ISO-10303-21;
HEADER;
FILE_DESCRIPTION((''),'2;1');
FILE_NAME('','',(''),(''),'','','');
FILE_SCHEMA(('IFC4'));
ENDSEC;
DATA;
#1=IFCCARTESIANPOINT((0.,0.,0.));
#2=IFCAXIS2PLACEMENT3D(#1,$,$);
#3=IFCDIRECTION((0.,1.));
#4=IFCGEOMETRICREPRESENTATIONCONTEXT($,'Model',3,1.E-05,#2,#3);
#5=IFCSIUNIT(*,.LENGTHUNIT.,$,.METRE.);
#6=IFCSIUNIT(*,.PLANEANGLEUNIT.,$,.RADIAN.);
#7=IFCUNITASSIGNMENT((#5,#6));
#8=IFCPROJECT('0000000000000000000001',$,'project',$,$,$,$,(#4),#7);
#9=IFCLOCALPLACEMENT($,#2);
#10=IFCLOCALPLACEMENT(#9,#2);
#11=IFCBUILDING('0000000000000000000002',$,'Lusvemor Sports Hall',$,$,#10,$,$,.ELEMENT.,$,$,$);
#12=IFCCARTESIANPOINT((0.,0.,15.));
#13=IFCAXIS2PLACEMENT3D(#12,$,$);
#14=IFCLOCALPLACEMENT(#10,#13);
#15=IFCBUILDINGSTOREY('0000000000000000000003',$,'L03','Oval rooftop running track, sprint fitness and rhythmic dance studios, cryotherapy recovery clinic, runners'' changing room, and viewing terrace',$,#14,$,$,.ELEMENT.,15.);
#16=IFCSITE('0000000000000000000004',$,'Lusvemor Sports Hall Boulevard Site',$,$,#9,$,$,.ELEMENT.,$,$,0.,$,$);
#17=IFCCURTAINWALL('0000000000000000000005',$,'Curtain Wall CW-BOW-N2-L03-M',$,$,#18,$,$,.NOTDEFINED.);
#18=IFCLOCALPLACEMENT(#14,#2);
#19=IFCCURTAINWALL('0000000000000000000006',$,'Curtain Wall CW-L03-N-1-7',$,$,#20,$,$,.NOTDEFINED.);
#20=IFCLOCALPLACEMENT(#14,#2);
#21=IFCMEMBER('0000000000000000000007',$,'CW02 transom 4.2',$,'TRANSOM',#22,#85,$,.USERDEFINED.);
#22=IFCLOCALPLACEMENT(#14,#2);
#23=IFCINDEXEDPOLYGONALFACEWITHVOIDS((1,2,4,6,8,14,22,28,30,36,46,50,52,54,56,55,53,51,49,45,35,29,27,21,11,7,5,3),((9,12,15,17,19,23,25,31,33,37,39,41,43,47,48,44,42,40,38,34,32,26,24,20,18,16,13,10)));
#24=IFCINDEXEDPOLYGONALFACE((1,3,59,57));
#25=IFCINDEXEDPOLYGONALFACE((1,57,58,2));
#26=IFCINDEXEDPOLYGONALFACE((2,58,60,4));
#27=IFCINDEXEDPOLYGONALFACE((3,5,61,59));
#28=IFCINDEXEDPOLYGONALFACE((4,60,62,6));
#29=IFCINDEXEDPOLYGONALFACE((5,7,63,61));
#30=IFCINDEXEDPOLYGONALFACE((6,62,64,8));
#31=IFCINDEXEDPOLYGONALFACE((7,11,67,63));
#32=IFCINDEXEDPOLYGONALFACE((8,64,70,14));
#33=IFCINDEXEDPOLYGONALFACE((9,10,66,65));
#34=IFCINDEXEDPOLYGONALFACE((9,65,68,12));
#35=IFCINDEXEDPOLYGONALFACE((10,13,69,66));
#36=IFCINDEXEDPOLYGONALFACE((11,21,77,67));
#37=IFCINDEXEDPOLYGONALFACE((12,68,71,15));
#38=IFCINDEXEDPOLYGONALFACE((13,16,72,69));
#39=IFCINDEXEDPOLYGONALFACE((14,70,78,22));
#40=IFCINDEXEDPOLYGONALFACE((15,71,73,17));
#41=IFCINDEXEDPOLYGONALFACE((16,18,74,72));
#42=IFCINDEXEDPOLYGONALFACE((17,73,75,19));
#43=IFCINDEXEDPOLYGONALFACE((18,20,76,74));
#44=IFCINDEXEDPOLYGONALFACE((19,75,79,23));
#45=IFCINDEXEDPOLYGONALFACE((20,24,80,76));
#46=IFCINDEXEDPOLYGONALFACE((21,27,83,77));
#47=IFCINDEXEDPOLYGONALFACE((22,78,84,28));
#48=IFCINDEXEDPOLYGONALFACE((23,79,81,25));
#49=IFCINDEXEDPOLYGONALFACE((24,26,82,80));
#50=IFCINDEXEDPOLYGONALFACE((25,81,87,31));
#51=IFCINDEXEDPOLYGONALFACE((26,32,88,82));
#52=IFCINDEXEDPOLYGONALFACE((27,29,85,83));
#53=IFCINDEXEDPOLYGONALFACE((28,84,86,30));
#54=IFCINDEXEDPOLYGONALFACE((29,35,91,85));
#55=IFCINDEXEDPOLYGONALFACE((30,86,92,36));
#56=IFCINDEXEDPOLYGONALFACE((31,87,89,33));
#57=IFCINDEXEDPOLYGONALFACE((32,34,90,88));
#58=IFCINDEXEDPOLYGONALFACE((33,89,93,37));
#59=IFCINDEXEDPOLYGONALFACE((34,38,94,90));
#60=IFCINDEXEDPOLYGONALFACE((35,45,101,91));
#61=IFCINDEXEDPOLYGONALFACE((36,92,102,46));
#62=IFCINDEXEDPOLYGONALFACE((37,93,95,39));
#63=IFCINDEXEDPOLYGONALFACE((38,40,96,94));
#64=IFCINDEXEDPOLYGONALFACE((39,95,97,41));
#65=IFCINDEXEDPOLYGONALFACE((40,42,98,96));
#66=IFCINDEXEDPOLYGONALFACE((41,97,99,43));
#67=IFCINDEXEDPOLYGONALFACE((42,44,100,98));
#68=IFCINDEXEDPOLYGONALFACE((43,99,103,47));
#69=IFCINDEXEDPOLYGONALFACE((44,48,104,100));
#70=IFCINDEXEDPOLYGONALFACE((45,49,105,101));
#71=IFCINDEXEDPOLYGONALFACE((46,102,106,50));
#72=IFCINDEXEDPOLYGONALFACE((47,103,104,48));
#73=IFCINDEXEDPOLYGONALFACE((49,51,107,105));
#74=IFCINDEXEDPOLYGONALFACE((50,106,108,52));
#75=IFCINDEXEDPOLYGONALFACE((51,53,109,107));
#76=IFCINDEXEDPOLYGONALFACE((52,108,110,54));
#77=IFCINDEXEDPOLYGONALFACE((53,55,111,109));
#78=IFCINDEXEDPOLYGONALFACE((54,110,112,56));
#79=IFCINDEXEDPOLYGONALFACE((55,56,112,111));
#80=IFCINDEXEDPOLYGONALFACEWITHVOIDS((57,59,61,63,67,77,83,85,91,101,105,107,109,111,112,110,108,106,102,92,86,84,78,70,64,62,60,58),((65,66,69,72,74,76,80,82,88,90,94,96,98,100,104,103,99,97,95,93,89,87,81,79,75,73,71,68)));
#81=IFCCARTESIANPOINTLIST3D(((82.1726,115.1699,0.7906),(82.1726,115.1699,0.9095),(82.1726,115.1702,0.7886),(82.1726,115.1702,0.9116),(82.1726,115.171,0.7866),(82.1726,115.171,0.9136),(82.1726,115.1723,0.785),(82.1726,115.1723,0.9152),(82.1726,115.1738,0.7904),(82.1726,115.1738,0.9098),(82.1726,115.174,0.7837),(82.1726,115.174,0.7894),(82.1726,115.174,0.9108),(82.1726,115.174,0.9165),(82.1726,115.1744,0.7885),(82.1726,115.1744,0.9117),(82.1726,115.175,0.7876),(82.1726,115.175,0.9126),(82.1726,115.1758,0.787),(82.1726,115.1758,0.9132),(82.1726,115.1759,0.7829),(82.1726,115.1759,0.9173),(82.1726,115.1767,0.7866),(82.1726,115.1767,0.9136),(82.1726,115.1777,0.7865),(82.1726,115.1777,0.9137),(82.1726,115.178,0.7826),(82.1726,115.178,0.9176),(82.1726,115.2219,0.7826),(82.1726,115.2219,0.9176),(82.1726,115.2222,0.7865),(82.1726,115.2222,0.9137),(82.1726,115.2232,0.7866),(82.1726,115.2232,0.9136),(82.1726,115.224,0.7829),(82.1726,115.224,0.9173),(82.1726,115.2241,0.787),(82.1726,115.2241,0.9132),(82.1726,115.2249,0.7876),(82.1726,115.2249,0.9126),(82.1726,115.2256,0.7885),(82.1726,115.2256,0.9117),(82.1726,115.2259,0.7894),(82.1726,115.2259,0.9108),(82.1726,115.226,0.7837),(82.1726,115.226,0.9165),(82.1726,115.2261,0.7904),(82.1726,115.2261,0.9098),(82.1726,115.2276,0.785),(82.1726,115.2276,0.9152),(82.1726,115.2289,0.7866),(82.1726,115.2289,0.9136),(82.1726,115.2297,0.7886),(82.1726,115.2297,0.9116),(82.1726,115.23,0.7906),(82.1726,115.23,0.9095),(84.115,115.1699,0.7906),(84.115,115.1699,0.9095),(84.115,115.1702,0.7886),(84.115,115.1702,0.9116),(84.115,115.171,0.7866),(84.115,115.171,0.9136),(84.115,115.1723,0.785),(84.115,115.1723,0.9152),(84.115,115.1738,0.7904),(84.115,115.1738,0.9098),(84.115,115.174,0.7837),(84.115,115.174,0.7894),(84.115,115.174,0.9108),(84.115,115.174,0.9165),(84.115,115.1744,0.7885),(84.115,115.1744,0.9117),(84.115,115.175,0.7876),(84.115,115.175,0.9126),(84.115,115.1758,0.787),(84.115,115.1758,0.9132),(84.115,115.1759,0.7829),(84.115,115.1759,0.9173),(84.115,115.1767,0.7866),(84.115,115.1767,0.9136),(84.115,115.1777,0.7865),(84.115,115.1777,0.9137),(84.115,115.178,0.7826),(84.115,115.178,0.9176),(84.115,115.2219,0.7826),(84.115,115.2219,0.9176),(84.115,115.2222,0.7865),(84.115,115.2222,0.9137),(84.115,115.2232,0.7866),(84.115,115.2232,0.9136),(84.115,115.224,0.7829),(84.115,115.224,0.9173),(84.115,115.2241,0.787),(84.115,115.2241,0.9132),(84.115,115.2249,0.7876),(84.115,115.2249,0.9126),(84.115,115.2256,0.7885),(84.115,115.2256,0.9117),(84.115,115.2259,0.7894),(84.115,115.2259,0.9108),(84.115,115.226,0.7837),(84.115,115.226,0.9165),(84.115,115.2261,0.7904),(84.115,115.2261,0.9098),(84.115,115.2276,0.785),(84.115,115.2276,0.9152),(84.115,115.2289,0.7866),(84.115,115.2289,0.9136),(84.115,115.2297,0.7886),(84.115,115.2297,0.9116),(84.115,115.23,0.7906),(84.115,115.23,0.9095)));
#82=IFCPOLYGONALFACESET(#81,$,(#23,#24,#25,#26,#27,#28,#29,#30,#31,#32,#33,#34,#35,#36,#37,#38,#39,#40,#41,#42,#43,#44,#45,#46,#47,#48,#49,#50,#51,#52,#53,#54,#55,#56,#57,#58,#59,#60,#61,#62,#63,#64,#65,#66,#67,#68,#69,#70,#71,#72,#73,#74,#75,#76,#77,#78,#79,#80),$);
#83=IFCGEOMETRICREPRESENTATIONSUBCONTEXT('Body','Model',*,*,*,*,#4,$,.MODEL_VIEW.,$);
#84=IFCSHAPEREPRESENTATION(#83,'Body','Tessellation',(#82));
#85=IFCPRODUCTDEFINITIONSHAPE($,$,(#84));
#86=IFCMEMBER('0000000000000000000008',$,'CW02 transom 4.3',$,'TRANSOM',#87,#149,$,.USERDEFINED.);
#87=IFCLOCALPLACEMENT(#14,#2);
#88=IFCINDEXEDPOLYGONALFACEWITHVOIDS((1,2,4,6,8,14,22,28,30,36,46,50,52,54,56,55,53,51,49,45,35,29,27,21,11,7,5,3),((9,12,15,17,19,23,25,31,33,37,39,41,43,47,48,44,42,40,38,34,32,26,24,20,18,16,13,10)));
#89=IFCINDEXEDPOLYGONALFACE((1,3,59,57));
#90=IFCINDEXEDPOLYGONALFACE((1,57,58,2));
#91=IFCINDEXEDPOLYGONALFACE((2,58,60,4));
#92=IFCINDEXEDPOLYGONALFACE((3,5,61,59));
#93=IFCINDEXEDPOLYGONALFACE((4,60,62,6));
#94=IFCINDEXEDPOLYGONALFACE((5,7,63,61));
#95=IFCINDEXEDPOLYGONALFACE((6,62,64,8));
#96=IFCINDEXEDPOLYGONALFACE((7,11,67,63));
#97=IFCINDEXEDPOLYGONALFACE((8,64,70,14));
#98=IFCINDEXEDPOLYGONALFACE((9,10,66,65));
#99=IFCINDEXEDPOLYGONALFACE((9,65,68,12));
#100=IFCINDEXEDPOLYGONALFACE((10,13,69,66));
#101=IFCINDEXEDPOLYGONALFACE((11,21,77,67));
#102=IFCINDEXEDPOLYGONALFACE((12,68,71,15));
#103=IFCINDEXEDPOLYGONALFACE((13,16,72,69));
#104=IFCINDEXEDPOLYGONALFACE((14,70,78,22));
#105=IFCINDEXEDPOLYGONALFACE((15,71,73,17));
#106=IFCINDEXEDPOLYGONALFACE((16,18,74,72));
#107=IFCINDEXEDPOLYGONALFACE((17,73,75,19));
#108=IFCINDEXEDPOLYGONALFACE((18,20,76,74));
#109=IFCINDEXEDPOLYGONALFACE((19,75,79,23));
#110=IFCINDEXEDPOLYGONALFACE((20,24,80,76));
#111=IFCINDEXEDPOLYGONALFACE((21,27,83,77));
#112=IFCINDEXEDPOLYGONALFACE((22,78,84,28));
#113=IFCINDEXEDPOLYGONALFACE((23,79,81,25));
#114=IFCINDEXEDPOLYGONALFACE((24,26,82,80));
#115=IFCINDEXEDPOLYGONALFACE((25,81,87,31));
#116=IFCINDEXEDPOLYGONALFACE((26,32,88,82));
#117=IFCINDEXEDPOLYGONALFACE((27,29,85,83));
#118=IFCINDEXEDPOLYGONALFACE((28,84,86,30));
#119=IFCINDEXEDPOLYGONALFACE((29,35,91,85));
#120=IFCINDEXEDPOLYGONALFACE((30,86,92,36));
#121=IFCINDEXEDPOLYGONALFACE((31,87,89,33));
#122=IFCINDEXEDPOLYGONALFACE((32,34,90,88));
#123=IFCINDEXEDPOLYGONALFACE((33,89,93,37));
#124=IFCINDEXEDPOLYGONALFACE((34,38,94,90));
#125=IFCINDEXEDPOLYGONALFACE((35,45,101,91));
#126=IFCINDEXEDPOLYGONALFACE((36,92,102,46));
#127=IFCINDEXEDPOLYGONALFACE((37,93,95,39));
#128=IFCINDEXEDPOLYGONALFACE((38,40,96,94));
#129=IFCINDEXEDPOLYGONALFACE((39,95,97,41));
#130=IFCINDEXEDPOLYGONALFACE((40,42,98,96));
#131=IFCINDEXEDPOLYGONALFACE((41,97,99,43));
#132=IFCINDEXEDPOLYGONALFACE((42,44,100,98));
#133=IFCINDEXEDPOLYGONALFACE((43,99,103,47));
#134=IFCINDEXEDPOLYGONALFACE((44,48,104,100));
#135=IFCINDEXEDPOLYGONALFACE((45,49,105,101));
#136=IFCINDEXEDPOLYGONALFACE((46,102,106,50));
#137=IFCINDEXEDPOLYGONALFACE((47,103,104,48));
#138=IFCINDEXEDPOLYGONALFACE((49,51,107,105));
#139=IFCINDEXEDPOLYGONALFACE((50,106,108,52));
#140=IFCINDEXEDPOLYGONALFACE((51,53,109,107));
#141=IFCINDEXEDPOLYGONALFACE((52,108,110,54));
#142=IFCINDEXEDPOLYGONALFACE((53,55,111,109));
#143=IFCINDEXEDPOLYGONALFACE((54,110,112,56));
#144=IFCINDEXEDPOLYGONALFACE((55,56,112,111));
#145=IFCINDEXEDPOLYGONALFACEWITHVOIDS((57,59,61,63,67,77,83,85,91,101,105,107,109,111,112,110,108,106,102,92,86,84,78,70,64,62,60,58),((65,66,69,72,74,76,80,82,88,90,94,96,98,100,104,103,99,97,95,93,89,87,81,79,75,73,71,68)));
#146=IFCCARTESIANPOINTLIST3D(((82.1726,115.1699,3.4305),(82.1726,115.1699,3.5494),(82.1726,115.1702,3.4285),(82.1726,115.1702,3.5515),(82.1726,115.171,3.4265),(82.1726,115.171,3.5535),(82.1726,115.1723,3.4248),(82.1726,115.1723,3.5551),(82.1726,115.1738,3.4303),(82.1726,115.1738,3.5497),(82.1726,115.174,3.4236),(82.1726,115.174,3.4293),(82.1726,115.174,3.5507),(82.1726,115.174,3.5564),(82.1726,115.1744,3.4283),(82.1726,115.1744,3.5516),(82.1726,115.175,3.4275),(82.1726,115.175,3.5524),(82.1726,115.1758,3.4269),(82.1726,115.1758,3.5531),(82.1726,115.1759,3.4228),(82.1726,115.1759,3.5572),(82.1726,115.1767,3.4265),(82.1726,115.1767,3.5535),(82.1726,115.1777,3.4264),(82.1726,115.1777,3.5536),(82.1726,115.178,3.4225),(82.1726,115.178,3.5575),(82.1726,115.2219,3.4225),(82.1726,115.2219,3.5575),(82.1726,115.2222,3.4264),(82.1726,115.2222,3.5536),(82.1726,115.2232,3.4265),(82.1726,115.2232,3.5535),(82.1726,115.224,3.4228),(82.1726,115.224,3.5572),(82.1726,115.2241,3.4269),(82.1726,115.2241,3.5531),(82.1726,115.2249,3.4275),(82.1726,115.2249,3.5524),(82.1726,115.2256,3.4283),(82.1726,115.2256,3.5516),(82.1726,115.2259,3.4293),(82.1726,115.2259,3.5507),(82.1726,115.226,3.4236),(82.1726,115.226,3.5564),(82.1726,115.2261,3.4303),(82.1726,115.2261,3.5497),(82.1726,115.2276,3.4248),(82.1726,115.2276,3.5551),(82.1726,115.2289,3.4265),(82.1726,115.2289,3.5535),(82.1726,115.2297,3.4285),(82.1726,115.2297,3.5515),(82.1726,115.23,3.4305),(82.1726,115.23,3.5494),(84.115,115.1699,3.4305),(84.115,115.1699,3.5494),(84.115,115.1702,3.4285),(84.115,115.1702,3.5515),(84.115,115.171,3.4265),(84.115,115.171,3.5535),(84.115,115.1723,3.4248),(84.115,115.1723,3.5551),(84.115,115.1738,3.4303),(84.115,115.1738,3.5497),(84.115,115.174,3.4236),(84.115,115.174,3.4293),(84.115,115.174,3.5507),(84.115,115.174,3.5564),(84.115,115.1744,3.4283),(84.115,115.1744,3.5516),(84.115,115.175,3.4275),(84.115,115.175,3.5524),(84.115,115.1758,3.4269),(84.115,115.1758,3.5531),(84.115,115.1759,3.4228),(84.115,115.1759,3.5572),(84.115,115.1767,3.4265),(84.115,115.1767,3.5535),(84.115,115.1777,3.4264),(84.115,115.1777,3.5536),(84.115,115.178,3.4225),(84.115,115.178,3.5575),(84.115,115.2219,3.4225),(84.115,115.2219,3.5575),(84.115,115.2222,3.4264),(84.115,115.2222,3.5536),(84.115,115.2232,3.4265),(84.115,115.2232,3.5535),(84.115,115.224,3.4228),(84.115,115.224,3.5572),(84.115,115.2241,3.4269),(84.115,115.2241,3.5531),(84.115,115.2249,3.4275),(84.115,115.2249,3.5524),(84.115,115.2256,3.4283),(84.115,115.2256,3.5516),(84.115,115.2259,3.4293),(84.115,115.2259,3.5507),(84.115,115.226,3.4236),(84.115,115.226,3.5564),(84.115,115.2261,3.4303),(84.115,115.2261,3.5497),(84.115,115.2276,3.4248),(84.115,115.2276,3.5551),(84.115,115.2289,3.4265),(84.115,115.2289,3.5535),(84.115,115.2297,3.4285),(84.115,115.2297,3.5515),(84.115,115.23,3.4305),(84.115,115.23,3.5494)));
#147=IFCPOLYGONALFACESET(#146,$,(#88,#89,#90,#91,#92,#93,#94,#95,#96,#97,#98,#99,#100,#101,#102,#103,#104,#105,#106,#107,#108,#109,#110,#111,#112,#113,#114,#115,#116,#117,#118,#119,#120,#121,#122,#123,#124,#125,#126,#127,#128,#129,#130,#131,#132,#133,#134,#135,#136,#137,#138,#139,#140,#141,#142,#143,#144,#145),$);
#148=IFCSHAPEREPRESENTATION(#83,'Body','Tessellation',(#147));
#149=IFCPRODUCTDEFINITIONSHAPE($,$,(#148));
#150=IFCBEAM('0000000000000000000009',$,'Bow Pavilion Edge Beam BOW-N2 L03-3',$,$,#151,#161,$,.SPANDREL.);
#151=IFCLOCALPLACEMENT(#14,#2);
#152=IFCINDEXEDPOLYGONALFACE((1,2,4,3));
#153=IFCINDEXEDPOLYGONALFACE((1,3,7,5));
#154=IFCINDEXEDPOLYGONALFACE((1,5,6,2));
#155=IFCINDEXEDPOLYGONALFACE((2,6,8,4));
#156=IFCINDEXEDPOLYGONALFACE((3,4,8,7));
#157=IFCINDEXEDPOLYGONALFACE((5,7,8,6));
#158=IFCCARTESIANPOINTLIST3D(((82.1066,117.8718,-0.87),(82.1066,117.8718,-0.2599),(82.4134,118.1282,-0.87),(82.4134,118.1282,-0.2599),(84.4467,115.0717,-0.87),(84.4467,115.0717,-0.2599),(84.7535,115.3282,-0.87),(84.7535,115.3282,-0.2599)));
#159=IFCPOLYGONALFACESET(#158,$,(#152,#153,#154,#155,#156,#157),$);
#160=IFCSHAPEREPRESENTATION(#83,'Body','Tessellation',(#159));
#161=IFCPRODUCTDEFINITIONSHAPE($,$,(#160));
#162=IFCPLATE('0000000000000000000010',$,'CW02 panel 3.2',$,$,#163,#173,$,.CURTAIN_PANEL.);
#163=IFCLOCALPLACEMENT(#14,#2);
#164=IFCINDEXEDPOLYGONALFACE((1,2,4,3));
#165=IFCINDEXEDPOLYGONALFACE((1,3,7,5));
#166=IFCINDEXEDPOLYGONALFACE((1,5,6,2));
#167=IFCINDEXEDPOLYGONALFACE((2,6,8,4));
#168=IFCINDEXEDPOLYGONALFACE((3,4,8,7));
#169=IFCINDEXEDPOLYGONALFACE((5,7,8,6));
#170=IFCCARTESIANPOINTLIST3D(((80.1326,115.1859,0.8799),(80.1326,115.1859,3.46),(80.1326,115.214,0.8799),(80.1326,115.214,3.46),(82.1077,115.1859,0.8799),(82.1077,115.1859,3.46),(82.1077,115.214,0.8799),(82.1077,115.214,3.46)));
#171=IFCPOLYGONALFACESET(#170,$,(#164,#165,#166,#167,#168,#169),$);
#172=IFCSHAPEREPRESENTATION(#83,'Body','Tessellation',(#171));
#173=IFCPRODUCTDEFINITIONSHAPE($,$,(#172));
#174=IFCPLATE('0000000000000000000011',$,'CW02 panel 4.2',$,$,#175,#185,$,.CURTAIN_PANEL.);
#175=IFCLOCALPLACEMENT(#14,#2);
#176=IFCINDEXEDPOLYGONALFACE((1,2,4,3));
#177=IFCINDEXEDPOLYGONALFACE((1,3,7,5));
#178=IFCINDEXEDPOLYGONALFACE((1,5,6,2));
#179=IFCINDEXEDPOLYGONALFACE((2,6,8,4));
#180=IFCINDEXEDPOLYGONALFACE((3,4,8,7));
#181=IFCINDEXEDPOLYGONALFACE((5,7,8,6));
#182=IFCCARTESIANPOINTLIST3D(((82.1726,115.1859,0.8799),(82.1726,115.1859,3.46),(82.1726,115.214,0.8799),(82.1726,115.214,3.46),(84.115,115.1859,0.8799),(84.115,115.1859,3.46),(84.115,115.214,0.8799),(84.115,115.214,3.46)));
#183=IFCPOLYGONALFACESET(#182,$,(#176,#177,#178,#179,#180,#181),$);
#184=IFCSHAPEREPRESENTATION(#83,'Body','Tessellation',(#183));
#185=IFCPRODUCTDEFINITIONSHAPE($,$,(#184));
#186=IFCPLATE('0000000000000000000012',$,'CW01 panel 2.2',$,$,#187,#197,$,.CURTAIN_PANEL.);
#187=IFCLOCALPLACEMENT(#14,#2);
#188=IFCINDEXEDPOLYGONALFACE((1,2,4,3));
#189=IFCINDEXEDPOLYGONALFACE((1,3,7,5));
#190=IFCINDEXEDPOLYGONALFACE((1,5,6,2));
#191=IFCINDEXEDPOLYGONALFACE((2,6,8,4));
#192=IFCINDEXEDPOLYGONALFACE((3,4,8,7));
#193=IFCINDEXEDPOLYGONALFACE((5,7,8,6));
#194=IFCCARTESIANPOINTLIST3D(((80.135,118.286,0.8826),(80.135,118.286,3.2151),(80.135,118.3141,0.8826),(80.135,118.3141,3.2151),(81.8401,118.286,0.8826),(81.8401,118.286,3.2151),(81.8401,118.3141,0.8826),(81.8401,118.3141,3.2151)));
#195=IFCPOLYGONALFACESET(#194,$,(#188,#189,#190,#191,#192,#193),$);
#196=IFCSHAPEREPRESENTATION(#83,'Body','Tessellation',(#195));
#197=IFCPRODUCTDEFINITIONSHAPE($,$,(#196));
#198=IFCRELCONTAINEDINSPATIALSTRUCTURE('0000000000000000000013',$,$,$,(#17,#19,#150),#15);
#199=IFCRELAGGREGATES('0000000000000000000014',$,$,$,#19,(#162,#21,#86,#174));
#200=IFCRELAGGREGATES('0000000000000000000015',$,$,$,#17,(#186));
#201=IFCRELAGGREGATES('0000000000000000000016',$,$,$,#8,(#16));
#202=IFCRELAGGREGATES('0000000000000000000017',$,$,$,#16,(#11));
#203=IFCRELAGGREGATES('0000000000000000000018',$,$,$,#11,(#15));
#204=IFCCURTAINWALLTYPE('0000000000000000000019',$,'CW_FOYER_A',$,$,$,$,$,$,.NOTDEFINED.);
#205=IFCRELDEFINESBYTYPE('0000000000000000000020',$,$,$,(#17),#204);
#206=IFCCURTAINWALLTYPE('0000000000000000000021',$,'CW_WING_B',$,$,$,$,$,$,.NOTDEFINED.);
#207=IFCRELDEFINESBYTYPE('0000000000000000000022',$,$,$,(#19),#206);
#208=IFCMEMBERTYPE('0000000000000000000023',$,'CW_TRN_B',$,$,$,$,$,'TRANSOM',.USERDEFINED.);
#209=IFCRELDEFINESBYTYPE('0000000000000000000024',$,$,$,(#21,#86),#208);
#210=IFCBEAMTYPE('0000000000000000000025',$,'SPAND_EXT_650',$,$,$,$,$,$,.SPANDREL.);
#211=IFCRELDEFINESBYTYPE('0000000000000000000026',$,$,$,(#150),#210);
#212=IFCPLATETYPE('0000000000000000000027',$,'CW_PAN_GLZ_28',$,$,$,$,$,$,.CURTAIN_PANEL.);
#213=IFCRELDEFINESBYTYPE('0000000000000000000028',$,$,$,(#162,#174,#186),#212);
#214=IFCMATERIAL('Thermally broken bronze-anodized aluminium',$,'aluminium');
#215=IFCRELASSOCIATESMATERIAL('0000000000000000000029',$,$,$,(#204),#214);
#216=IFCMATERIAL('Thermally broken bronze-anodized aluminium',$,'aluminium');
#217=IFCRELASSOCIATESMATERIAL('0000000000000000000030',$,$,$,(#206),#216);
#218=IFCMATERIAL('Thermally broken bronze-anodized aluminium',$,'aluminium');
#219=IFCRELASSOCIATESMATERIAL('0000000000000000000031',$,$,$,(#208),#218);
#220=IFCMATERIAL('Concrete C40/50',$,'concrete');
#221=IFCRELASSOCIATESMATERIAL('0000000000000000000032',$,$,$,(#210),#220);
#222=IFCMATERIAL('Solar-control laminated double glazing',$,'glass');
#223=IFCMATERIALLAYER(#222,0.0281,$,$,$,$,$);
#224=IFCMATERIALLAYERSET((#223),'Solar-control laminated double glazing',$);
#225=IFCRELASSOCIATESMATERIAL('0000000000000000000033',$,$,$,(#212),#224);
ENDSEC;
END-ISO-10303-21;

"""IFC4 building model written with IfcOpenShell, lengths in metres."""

from ifc_helpers import new_model, si_unit, direction, frame, origin, origin_2d, place, context, subcontext, project, spatial, rectangle, hollow_rectangle, extrude, material, layer, layer_set, material_profile, profile_set, type_object, element, aggregate, save


model = new_model("IFC4")

# Units and contexts
model_context = context("Model", 3, precision=1e-05, world=origin(), true_north=direction((0.0, 1.0)))
body_context = subcontext(model_context, "Body", "Model", "MODEL_VIEW")
ifc_project = project(units=[si_unit("LENGTHUNIT", "METRE"), si_unit("PLANEANGLEUNIT", "RADIAN")], contexts=[model_context])

# Site, building, storey
site_placement = place(None, origin())
site = spatial("IfcSite", under=ifc_project, at=site_placement, Name="Lusvemor Sports Hall Boulevard Site", CompositionType="ELEMENT", RefElevation=0.0)
building_placement = place(site_placement, origin())
building = spatial("IfcBuilding", under=site, at=building_placement, Name="Lusvemor Sports Hall", CompositionType="ELEMENT")
storey_placement = place(building_placement, frame((0.0, 0.0, 15.0)))
storey = spatial("IfcBuildingStorey", under=building, at=storey_placement, Name="L03", Description="Oval rooftop running track, sprint fitness and rhythmic dance studios, cryotherapy recovery clinic, runners' changing room, and viewing terrace", CompositionType="ELEMENT", Elevation=15.0)

# Curtain walls
ifc_material_1 = material(Name="Thermally broken bronze-anodized aluminium", Category="aluminium")
curtain_wall_type_1 = type_object("IfcCurtainWallType", Name="CW_FOYER_A", PredefinedType="NOTDEFINED", material=ifc_material_1)
curtain_wall_1_placement = place(storey_placement, origin())
curtain_wall_1 = element("IfcCurtainWall", 1, at=curtain_wall_1_placement, inside=storey, type_object=curtain_wall_type_1, Name="Curtain Wall CW-BOW-N2-L03-M", PredefinedType="NOTDEFINED")
ifc_material_2 = material(Name="Thermally broken bronze-anodized aluminium", Category="aluminium")
curtain_wall_type_2 = type_object("IfcCurtainWallType", Name="CW_WING_B", PredefinedType="NOTDEFINED", material=ifc_material_2)
curtain_wall_2_placement = place(storey_placement, origin())
curtain_wall_2 = element("IfcCurtainWall", 2, at=curtain_wall_2_placement, inside=storey, type_object=curtain_wall_type_2, Name="Curtain Wall CW-L03-N-1-7", PredefinedType="NOTDEFINED")

# Members
ifc_material_3 = material(Name="Thermally broken bronze-anodized aluminium", Category="aluminium")
ifc_material_profile_1 = material_profile(ifc_material_3, hollow_rectangle(XDim=0.0601, YDim=0.135, WallThickness=0.0039, InnerFilletRadius=0.0039, OuterFilletRadius=0.0081, at=origin_2d()), Name="CWTRN135x60x4")
ifc_profile_set_1 = profile_set([ifc_material_profile_1], Name="Thermally broken bronze-anodized aluminium")
member_type_1 = type_object("IfcMemberType", Name="CW_TRN_B", ElementType="TRANSOM", PredefinedType="USERDEFINED", material=ifc_profile_set_1)
member_1_placement = place(storey_placement, frame((82.1726, 115.2, 0.8501), z_axis=(1.0, 0.0, 0.0), x_axis=(0.0, 1.0, 0.0)))
member_1 = element("IfcMember", 3, at=member_1_placement, type_object=member_type_1, Name="CW02 transom 4.2", ObjectType="TRANSOM", PredefinedType="USERDEFINED", context=body_context, shape_type="SweptSolid", body=[
    extrude(hollow_rectangle(XDim=0.0601, YDim=0.135, WallThickness=0.0039, InnerFilletRadius=0.0039, OuterFilletRadius=0.0081, at=origin_2d()), origin(), (0.0, 0.0, 1.0), 1.9424),
])
member_2_placement = place(storey_placement, frame((82.1726, 115.2, 3.49), z_axis=(1.0, 0.0, 0.0), x_axis=(0.0, 1.0, 0.0)))
member_2 = element("IfcMember", 4, at=member_2_placement, type_object=member_type_1, Name="CW02 transom 4.3", ObjectType="TRANSOM", PredefinedType="USERDEFINED", context=body_context, shape_type="SweptSolid", body=[
    extrude(hollow_rectangle(XDim=0.0601, YDim=0.135, WallThickness=0.0039, InnerFilletRadius=0.0039, OuterFilletRadius=0.0081, at=origin_2d()), origin(), (0.0, 0.0, 1.0), 1.9424),
])

# Beam
ifc_material_4 = material(Name="Concrete C40/50", Category="concrete")
ifc_material_profile_2 = material_profile(ifc_material_4, rectangle(XDim=0.3999, YDim=0.6101, at=origin_2d()), Name="RC400x610")
ifc_profile_set_2 = profile_set([ifc_material_profile_2], Name="Concrete C40/50")
beam_type = type_object("IfcBeamType", Name="SPAND_EXT_650", PredefinedType="SPANDREL", material=ifc_profile_set_2)
beam_placement = place(storey_placement, frame((82.26, 118.0, -0.5649), z_axis=(0.64127, -0.767316, 0.0), x_axis=(0.767316, 0.64127, 0.0)))
element("IfcBeam", 5, at=beam_placement, inside=storey, type_object=beam_type, Name="Bow Pavilion Edge Beam BOW-N2 L03-3", PredefinedType="SPANDREL", context=body_context, shape_type="SweptSolid", body=[
    extrude(rectangle(XDim=0.3999, YDim=0.6101, at=origin_2d()), origin(), (0.0, 0.0, 1.0), 3.6492),
])

# Plates
ifc_material_5 = material(Name="Solar-control laminated double glazing", Category="glass")
ifc_layer_1 = layer(ifc_material_5, 0.0281)
ifc_layer_set_1 = layer_set([ifc_layer_1], Name="Solar-control laminated double glazing")
plate_type_1 = type_object("IfcPlateType", Name="CW_PAN_GLZ_28", PredefinedType="CURTAIN_PANEL", material=ifc_layer_set_1)
plate_1_placement = place(storey_placement, frame((81.1201, 115.2, 0.8799), z_axis=(0.0, 0.0, 1.0), x_axis=(1.0, 0.0, 0.0)))
plate_1 = element("IfcPlate", 6, at=plate_1_placement, type_object=plate_type_1, Name="CW02 panel 3.2", PredefinedType="CURTAIN_PANEL", context=body_context, shape_type="SweptSolid", body=[
    extrude(rectangle(XDim=1.9751, YDim=0.0281, at=origin_2d()), origin(), (0.0, 0.0, 1.0), 2.5801),
])
plate_2_placement = place(storey_placement, frame((83.1438, 115.2, 0.8799), z_axis=(0.0, 0.0, 1.0), x_axis=(1.0, 0.0, 0.0)))
plate_2 = element("IfcPlate", 7, at=plate_2_placement, type_object=plate_type_1, Name="CW02 panel 4.2", PredefinedType="CURTAIN_PANEL", context=body_context, shape_type="SweptSolid", body=[
    extrude(rectangle(XDim=1.9424, YDim=0.0281, at=origin_2d()), origin(), (0.0, 0.0, 1.0), 2.5801),
])
plate_3_placement = place(storey_placement, frame((80.9875, 118.3, 0.8826), z_axis=(0.0, 0.0, 1.0), x_axis=(1.0, 0.0, 0.0)))
plate_3 = element("IfcPlate", 8, at=plate_3_placement, type_object=plate_type_1, Name="CW01 panel 2.2", PredefinedType="CURTAIN_PANEL", context=body_context, shape_type="SweptSolid", body=[
    extrude(rectangle(XDim=1.7051, YDim=0.0281, at=origin_2d()), origin(), (0.0, 0.0, 1.0), 2.3325),
])
aggregate(curtain_wall_2, [plate_1, member_1, member_2, plate_2])
aggregate(curtain_wall_1, [plate_3])

save(model, "model.ifc")
